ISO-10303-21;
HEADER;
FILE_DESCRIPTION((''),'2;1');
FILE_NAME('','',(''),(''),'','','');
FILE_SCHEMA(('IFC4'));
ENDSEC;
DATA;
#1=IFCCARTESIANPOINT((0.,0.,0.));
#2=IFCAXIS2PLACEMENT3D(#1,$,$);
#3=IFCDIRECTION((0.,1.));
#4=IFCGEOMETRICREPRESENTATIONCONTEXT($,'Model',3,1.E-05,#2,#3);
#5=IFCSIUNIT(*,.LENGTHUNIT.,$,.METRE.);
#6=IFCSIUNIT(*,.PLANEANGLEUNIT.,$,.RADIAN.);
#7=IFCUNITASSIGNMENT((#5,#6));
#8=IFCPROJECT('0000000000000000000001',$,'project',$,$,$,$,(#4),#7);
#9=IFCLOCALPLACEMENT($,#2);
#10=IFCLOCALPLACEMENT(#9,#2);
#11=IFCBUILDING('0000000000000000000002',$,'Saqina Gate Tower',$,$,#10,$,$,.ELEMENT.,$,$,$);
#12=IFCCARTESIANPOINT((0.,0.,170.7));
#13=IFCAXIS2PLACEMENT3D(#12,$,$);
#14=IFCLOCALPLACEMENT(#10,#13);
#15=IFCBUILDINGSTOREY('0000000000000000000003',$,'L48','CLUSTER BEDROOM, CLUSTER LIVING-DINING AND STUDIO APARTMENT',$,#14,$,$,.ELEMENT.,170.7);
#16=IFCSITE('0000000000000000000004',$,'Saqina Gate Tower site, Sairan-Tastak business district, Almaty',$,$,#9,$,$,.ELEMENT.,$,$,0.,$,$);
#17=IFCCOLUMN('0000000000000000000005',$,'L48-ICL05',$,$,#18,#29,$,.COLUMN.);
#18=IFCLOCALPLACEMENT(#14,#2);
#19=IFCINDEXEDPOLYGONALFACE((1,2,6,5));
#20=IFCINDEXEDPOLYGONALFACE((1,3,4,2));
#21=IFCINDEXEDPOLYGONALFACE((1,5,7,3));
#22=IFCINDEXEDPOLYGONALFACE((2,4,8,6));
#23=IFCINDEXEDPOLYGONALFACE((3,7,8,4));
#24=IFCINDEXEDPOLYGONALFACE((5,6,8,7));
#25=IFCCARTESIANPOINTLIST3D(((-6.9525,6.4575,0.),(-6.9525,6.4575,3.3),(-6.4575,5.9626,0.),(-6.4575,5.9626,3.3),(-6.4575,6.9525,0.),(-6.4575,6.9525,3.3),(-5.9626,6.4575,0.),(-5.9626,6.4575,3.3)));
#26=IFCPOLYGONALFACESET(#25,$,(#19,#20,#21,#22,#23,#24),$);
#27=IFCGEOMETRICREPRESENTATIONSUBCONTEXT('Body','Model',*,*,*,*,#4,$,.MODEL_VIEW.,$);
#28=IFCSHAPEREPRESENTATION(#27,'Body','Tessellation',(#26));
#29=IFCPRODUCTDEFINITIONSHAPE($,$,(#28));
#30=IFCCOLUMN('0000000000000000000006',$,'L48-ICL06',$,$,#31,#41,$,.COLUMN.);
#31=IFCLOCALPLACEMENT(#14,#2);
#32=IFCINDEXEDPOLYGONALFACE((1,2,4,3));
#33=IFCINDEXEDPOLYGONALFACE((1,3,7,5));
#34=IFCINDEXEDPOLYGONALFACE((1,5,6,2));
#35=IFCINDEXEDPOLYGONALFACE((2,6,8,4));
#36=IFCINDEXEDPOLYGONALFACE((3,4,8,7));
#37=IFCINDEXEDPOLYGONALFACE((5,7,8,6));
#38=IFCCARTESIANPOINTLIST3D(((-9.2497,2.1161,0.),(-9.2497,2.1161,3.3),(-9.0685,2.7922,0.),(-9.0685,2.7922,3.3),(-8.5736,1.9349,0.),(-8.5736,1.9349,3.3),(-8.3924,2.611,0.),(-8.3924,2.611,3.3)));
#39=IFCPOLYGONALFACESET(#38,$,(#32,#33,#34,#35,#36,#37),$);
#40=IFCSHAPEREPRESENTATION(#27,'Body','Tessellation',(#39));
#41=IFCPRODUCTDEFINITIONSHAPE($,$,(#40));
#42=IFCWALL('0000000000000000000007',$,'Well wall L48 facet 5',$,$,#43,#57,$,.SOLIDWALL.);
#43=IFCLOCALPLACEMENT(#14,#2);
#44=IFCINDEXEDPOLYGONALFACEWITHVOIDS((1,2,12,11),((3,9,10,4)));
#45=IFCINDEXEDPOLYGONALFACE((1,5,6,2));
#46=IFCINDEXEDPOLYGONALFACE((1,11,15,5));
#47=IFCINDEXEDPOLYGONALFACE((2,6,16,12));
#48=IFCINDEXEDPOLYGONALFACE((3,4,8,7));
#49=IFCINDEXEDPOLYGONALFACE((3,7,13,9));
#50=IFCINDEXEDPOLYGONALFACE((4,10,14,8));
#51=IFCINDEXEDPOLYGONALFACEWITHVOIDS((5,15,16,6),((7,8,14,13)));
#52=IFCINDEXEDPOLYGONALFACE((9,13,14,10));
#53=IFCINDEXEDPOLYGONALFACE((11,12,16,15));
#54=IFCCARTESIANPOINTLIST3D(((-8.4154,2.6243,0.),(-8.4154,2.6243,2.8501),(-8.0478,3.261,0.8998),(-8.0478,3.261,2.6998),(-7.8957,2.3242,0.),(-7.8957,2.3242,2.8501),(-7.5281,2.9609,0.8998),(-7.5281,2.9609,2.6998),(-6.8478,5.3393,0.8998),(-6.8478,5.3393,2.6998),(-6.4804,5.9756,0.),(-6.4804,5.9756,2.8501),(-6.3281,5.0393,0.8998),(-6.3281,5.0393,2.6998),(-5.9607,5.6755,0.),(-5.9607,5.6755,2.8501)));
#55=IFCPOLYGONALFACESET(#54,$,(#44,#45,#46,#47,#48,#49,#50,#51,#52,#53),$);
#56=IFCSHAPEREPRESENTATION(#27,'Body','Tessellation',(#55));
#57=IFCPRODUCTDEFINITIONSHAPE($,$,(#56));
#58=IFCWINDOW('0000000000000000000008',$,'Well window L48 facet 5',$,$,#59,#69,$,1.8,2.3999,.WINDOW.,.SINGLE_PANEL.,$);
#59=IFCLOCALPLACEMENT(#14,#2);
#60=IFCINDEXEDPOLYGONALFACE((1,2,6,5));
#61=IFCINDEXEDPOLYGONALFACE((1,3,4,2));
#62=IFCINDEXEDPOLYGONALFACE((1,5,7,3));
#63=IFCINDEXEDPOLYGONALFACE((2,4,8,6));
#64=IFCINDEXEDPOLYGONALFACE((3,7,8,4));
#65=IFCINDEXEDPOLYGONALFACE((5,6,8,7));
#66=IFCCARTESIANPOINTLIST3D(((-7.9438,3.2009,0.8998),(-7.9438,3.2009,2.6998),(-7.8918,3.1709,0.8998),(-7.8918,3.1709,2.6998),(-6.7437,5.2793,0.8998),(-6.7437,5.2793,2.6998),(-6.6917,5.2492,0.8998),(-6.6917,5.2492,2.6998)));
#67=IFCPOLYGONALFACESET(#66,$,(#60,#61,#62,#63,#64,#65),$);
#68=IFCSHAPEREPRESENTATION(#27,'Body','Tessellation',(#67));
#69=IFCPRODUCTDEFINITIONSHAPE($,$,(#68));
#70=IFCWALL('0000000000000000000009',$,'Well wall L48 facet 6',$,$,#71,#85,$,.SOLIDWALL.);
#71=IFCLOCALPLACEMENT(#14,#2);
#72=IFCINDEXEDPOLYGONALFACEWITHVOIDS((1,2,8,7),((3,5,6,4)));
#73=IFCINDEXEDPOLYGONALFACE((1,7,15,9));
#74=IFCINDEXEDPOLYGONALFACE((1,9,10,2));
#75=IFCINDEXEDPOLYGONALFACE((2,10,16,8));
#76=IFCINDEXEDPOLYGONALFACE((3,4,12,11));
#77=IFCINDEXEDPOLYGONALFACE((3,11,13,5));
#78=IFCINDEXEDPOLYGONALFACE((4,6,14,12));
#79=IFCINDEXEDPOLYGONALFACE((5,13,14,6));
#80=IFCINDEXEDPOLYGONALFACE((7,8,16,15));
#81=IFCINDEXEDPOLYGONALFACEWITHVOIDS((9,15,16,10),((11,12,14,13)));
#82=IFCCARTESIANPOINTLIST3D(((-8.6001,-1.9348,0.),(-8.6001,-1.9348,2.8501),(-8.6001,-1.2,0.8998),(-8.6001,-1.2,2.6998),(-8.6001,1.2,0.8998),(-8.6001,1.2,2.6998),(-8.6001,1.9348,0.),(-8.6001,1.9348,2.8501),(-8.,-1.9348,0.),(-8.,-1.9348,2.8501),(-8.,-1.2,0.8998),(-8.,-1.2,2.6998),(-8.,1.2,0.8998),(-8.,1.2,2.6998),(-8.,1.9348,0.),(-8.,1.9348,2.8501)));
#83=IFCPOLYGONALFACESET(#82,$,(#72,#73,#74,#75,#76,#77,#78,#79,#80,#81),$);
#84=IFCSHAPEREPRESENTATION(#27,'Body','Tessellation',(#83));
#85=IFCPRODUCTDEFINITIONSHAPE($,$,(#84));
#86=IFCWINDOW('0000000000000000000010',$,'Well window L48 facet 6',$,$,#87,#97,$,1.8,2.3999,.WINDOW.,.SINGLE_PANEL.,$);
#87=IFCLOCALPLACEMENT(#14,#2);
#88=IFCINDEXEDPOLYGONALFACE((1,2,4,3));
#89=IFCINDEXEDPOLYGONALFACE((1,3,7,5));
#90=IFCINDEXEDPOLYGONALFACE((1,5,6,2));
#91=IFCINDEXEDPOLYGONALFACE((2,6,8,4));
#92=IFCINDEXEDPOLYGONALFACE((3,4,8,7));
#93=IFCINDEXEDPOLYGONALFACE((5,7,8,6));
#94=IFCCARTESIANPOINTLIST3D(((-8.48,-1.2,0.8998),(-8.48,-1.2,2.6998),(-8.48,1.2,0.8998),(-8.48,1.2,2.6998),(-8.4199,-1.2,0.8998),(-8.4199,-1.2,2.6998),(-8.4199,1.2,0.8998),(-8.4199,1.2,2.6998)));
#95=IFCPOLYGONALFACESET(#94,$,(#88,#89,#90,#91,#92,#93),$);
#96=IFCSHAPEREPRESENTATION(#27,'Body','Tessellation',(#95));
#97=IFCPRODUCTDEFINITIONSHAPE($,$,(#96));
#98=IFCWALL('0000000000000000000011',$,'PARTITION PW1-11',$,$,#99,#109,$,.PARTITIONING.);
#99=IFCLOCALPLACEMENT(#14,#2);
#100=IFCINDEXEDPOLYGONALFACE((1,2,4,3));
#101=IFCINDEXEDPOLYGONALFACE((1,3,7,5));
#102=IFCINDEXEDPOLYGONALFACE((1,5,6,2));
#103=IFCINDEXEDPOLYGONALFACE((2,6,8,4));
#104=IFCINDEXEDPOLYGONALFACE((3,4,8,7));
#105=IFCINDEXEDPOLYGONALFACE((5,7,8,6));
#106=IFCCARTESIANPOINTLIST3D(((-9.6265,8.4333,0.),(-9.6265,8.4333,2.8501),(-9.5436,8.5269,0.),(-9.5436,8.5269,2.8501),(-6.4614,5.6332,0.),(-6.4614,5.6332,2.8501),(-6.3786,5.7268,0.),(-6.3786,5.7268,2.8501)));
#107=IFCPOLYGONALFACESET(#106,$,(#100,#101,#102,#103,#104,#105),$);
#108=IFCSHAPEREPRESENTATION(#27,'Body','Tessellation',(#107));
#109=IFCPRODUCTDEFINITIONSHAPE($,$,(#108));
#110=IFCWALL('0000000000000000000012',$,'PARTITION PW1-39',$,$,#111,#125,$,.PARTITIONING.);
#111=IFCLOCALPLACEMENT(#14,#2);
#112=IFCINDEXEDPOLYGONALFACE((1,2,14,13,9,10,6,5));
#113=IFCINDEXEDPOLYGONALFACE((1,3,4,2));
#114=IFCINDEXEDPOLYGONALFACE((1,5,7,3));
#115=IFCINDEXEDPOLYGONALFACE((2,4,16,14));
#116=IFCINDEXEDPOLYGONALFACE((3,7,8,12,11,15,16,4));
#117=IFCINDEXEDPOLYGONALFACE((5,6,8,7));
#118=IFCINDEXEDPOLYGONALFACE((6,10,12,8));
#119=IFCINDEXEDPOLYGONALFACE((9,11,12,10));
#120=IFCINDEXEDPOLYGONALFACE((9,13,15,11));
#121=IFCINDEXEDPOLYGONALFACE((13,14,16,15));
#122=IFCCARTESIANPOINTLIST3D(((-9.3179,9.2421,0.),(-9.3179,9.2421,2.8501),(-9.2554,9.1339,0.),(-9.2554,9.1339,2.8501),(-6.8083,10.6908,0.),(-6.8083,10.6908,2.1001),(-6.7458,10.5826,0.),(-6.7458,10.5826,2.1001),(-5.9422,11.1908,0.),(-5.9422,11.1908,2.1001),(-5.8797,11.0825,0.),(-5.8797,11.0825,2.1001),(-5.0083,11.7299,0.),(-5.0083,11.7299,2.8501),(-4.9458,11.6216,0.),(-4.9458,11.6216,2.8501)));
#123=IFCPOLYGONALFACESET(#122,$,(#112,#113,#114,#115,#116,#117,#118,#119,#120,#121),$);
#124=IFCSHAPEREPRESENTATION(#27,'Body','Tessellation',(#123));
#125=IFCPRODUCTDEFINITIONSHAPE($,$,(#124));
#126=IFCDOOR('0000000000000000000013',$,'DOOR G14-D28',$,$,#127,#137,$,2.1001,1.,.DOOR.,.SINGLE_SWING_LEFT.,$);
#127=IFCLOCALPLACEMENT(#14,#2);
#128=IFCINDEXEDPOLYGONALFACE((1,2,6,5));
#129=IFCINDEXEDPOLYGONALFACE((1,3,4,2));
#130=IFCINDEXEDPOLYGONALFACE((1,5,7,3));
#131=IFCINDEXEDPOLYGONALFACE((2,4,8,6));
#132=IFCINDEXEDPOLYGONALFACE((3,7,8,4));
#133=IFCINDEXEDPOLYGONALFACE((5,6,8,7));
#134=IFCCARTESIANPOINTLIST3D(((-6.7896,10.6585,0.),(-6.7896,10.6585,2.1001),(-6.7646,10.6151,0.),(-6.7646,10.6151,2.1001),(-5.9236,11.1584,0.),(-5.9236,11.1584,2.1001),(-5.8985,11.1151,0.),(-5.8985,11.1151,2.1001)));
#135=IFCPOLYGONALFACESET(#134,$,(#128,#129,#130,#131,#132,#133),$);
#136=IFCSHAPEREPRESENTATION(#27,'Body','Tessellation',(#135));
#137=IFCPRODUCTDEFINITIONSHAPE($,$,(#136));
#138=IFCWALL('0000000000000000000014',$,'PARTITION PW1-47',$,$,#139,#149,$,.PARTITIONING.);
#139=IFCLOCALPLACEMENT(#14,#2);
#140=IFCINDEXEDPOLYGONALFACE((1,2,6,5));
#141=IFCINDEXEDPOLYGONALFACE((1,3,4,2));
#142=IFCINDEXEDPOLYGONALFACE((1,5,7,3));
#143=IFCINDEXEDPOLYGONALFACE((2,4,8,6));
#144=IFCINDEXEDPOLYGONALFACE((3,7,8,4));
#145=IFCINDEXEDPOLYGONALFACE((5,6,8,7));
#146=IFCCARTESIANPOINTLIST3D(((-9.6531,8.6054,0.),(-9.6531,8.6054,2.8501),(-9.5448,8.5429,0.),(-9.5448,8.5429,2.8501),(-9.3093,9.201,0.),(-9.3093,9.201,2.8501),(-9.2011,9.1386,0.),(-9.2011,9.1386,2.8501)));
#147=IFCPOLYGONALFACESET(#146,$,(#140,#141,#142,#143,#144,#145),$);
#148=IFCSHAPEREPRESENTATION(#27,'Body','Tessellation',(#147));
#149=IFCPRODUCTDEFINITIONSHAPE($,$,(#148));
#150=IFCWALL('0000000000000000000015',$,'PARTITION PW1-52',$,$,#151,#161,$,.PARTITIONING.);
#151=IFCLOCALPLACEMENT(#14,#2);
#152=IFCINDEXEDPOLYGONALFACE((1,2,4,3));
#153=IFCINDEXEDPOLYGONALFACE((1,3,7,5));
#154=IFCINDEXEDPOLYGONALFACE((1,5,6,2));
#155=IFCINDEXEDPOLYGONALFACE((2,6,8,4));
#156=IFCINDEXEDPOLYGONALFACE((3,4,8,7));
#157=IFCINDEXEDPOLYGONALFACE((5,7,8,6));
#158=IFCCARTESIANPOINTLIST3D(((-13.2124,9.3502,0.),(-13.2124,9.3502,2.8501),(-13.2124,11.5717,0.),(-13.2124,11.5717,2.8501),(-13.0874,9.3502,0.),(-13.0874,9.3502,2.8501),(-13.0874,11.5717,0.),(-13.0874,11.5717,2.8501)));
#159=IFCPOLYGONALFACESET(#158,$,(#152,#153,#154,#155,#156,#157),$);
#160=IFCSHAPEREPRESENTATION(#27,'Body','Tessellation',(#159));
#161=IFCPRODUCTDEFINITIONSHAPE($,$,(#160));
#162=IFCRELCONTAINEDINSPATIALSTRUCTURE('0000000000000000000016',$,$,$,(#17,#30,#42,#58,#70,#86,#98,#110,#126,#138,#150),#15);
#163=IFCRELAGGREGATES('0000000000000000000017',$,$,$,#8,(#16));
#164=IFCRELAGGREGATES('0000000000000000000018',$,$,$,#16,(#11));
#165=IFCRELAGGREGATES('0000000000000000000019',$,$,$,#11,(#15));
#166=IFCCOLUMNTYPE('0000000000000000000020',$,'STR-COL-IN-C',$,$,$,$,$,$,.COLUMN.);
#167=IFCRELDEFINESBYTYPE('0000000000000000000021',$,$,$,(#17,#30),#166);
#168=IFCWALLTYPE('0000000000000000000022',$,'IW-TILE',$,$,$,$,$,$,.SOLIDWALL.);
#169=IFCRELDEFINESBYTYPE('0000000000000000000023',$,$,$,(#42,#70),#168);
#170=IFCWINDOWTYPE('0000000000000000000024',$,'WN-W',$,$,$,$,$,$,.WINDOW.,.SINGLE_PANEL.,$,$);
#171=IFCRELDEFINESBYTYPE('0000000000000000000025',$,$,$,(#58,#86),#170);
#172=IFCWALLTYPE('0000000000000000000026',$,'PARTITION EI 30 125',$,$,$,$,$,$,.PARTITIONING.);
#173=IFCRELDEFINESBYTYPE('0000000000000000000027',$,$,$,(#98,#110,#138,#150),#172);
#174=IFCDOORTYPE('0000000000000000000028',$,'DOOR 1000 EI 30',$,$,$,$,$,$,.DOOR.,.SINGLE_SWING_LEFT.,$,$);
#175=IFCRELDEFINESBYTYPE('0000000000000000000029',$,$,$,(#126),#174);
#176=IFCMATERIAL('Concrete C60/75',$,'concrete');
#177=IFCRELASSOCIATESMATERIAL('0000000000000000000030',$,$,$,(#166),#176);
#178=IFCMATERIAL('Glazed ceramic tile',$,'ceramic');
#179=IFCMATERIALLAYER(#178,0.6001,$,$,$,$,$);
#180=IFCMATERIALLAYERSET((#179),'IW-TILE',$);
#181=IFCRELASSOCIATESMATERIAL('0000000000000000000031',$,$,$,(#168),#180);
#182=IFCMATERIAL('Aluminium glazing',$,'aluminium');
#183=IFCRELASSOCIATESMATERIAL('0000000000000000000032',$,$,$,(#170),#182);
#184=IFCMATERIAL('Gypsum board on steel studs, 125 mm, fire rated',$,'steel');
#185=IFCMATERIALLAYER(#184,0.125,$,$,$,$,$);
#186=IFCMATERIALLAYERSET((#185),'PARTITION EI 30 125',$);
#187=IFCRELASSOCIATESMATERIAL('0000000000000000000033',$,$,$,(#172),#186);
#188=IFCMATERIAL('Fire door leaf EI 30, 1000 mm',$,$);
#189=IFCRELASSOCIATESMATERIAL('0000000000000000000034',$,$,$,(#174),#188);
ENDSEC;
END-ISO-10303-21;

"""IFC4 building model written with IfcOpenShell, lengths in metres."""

from ifc_helpers import new_model, si_unit, direction, frame, frame_2d, origin, origin_2d, place, context, subcontext, project, spatial, rectangle, extrude, material, layer, layer_set, material_profile, profile_set, type_object, element, fill, save


model = new_model("IFC4")

# Units and contexts
model_context = context("Model", 3, precision=1e-05, world=origin(), true_north=direction((0.0, 1.0)))
body_context = subcontext(model_context, "Body", "Model", "MODEL_VIEW")
ifc_project = project(units=[si_unit("LENGTHUNIT", "METRE"), si_unit("PLANEANGLEUNIT", "RADIAN")], contexts=[model_context])

# Site, building, storey
site_placement = place(None, origin())
site = spatial("IfcSite", under=ifc_project, at=site_placement, Name="Saqina Gate Tower site, Sairan-Tastak business district, Almaty", CompositionType="ELEMENT", RefElevation=0.0)
building_placement = place(site_placement, origin())
building = spatial("IfcBuilding", under=site, at=building_placement, Name="Saqina Gate Tower", CompositionType="ELEMENT")
storey_placement = place(building_placement, frame((0.0, 0.0, 170.7)))
storey = spatial("IfcBuildingStorey", under=building, at=storey_placement, Name="L48", Description="CLUSTER BEDROOM, CLUSTER LIVING-DINING AND STUDIO APARTMENT", CompositionType="ELEMENT", Elevation=170.7)

# Columns
ifc_material_1 = material(Name="Concrete C60/75", Category="concrete")
ifc_material_profile = material_profile(ifc_material_1, rectangle(XDim=0.7, YDim=0.7, at=origin_2d()), Name="RC 700x700")
ifc_profile_set = profile_set([ifc_material_profile], Name="Concrete C60/75")
column_type = type_object("IfcColumnType", Name="STR-COL-IN-C", PredefinedType="COLUMN", material=ifc_profile_set)
for number, where, z_axis, x_axis, name in (
    (1, (-6.4575, 6.4575, 0.0), (0.0, 0.0, 1.0), (-0.707107, 0.707107, 0.0), "L48-ICL05"),
    (2, (-8.821, 2.3635, 0.0), (0.0, 0.0, 1.0), (-0.965926, 0.258819, 0.0), "L48-ICL06"),
):
    element("IfcColumn", number, at=place(storey_placement, frame(where, z_axis=z_axis, x_axis=x_axis)), inside=storey, type_object=column_type, Name=name, PredefinedType="COLUMN", context=body_context, shape_type="SweptSolid", body=[
        extrude(rectangle(XDim=0.7, YDim=0.7, at=origin_2d()), origin(), (0.0, 0.0, 1.0), 3.3),
    ])

# Walls, openings, windows
ifc_material_2 = material(Name="Glazed ceramic tile", Category="ceramic")
ifc_layer_1 = layer(ifc_material_2, 0.6001)
ifc_layer_set_1 = layer_set([ifc_layer_1], Name="IW-TILE")
wall_type_1 = type_object("IfcWallType", Name="IW-TILE", PredefinedType="SOLIDWALL", material=ifc_layer_set_1)
wall_1_placement = place(storey_placement, frame((-6.2205, 5.8257, 0.0), z_axis=(0.0, 0.0, 1.0), x_axis=(-0.500034, -0.866006, 0.0)))
wall_1 = element("IfcWall", 3, at=wall_1_placement, inside=storey, type_object=wall_type_1, Name="Well wall L48 facet 5", PredefinedType="SOLIDWALL", context=body_context, shape_type="SweptSolid", body=[
    extrude(rectangle(XDim=3.8699, YDim=0.6001, at=frame_2d((1.9351, 0.0))), origin(), (0.0, 0.0, 1.0), 2.8501),
])
opening_1_placement = place(wall_1_placement, frame((0.7349, 0.0, 0.8999)))
opening_1 = element("IfcOpeningElement", 4, at=opening_1_placement, cuts=wall_1, PredefinedType="OPENING", context=body_context, shape_type="SweptSolid", body=[
    extrude(rectangle(XDim=2.3999, YDim=1.8, at=frame_2d((1.2, 0.8999))), frame((0.0, 0.312, 0.0), z_axis=(0.0, -1.0, 0.0), x_axis=(1.0, 0.0, 0.0)), (0.0, 0.0, 1.0), 0.624),
])
ifc_material_3 = material(Name="Aluminium glazing", Category="aluminium")
window_type = type_object("IfcWindowType", Name="WN-W", PartitioningType="SINGLE_PANEL", PredefinedType="WINDOW", material=ifc_material_3)
window_1_placement = place(opening_1_placement, origin())
window_1 = element("IfcWindow", 5, at=window_1_placement, inside=storey, type_object=window_type, Name="Well window L48 facet 5", OverallHeight=1.8, OverallWidth=2.3999, PartitioningType="SINGLE_PANEL", PredefinedType="WINDOW", context=body_context, shape_type="SweptSolid", body=[
    extrude(rectangle(XDim=2.3999, YDim=1.8, at=frame_2d((1.2, 0.8999))), frame((0.0, -0.1199, 0.0), z_axis=(0.0, -1.0, 0.0), x_axis=(1.0, 0.0, 0.0)), (0.0, 0.0, 1.0), 0.0601),
])
fill(opening_1, window_1)
wall_2_placement = place(storey_placement, frame((-8.3, 1.9348, 0.0), z_axis=(0.0, 0.0, 1.0), x_axis=(0.0, -1.0, 0.0)))
wall_2 = element("IfcWall", 6, at=wall_2_placement, inside=storey, type_object=wall_type_1, Name="Well wall L48 facet 6", PredefinedType="SOLIDWALL", context=body_context, shape_type="SweptSolid", body=[
    extrude(rectangle(XDim=3.8696, YDim=0.6001, at=frame_2d((1.9348, 0.0))), origin(), (0.0, 0.0, 1.0), 2.8501),
])
opening_2_placement = place(wall_2_placement, frame((0.7349, 0.0, 0.8999)))
opening_2 = element("IfcOpeningElement", 7, at=opening_2_placement, cuts=wall_2, PredefinedType="OPENING", context=body_context, shape_type="SweptSolid", body=[
    extrude(rectangle(XDim=2.3999, YDim=1.8, at=frame_2d((1.2, 0.8999))), frame((0.0, 0.312, 0.0), z_axis=(0.0, -1.0, 0.0), x_axis=(1.0, 0.0, 0.0)), (0.0, 0.0, 1.0), 0.624),
])
window_2_placement = place(opening_2_placement, origin())
window_2 = element("IfcWindow", 8, at=window_2_placement, inside=storey, type_object=window_type, Name="Well window L48 facet 6", OverallHeight=1.8, OverallWidth=2.3999, PartitioningType="SINGLE_PANEL", PredefinedType="WINDOW", context=body_context, shape_type="SweptSolid", body=[
    extrude(rectangle(XDim=2.3999, YDim=1.8, at=frame_2d((1.2, 0.8999))), frame((0.0, -0.1199, 0.0), z_axis=(0.0, -1.0, 0.0), x_axis=(1.0, 0.0, 0.0)), (0.0, 0.0, 1.0), 0.0601),
])
fill(opening_2, window_2)

# Wall
ifc_material_4 = material(Name="Gypsum board on steel studs, 125 mm, fire rated", Category="steel")
ifc_layer_2 = layer(ifc_material_4, 0.125)
ifc_layer_set_2 = layer_set([ifc_layer_2], Name="PARTITION EI 30 125")
wall_type_2 = type_object("IfcWallType", Name="PARTITION EI 30 125", PredefinedType="PARTITIONING", material=ifc_layer_set_2)
wall_3_placement = place(storey_placement, frame((-9.585, 8.48, 0.0), z_axis=(0.0, 0.0, 1.0), x_axis=(0.748972, -0.662601, 0.0)))
element("IfcWall", 9, at=wall_3_placement, inside=storey, type_object=wall_type_2, Name="PARTITION PW1-11", PredefinedType="PARTITIONING", context=body_context, shape_type="SweptSolid", body=[
    extrude(rectangle(XDim=4.2258, YDim=0.125, at=frame_2d((2.1128, 0.0))), origin(), (0.0, 0.0, 1.0), 2.8501),
])

# Wall, opening, door
wall_4_placement = place(storey_placement, frame((-9.2866, 9.188, 0.0), z_axis=(0.0, 0.0, 1.0), x_axis=(0.866055, 0.499949, 0.0)))
wall_4 = element("IfcWall", 10, at=wall_4_placement, inside=storey, type_object=wall_type_2, Name="PARTITION PW1-39", PredefinedType="PARTITIONING", context=body_context, shape_type="SweptSolid", body=[
    extrude(rectangle(XDim=4.9761, YDim=0.125, at=frame_2d((2.488, 0.0))), origin(), (0.0, 0.0, 1.0), 2.8501),
])
opening_3_placement = place(wall_4_placement, frame((2.8977, 0.0, 0.0)))
opening_3 = element("IfcOpeningElement", 11, at=opening_3_placement, cuts=wall_4, PredefinedType="OPENING", context=body_context, shape_type="SweptSolid", body=[
    extrude(rectangle(XDim=1.0, YDim=2.1001, at=frame_2d((0.5, 1.05))), frame((0.0, 0.0745, 0.0), z_axis=(0.0, -1.0, 0.0), x_axis=(1.0, 0.0, 0.0)), (0.0, 0.0, 1.0), 0.1489),
])
ifc_material_5 = material(Name="Fire door leaf EI 30, 1000 mm")
door_type_1 = type_object("IfcDoorType", Name="DOOR 1000 EI 30", OperationType="SINGLE_SWING_LEFT", PredefinedType="DOOR", material=ifc_material_5)
door_1_placement = place(opening_3_placement, frame((1.0, 0.0, 0.0), z_axis=(0.0, 0.0, 1.0), x_axis=(-1.0, 0.0, 0.0)))
door_1 = element("IfcDoor", 12, at=door_1_placement, inside=storey, type_object=door_type_1, Name="DOOR G14-D28", OperationType="SINGLE_SWING_LEFT", OverallHeight=2.1001, OverallWidth=1.0, PredefinedType="DOOR", context=body_context, shape_type="SweptSolid", body=[
    extrude(rectangle(XDim=1.0, YDim=2.1001, at=frame_2d((0.5, 1.05))), frame((0.0, 0.0249, 0.0), z_axis=(0.0, -1.0, 0.0), x_axis=(1.0, 0.0, 0.0)), (0.0, 0.0, 1.0), 0.05),
])
fill(opening_3, door_1)

# Walls
wall_5_placement = place(storey_placement, frame((-9.5989, 8.5742, 0.0), z_axis=(0.0, 0.0, 1.0), x_axis=(0.499804, 0.866138, 0.0)))
element("IfcWall", 13, at=wall_5_placement, inside=storey, type_object=wall_type_2, Name="PARTITION PW1-47", PredefinedType="PARTITIONING", context=body_context, shape_type="SweptSolid", body=[
    extrude(rectangle(XDim=0.6877, YDim=0.125, at=frame_2d((0.3438, 0.0))), origin(), (0.0, 0.0, 1.0), 2.8501),
])
wall_6_placement = place(storey_placement, frame((-13.1499, 9.3501, 0.0), z_axis=(0.0, 0.0, 1.0), x_axis=(0.0, 1.0, 0.0)))
element("IfcWall", 14, at=wall_6_placement, inside=storey, type_object=wall_type_2, Name="PARTITION PW1-52", PredefinedType="PARTITIONING", context=body_context, shape_type="SweptSolid", body=[
    extrude(rectangle(XDim=2.2214, YDim=0.125, at=frame_2d((1.1108, 0.0))), origin(), (0.0, 0.0, 1.0), 2.8501),
])

save(model, "model.ifc")
